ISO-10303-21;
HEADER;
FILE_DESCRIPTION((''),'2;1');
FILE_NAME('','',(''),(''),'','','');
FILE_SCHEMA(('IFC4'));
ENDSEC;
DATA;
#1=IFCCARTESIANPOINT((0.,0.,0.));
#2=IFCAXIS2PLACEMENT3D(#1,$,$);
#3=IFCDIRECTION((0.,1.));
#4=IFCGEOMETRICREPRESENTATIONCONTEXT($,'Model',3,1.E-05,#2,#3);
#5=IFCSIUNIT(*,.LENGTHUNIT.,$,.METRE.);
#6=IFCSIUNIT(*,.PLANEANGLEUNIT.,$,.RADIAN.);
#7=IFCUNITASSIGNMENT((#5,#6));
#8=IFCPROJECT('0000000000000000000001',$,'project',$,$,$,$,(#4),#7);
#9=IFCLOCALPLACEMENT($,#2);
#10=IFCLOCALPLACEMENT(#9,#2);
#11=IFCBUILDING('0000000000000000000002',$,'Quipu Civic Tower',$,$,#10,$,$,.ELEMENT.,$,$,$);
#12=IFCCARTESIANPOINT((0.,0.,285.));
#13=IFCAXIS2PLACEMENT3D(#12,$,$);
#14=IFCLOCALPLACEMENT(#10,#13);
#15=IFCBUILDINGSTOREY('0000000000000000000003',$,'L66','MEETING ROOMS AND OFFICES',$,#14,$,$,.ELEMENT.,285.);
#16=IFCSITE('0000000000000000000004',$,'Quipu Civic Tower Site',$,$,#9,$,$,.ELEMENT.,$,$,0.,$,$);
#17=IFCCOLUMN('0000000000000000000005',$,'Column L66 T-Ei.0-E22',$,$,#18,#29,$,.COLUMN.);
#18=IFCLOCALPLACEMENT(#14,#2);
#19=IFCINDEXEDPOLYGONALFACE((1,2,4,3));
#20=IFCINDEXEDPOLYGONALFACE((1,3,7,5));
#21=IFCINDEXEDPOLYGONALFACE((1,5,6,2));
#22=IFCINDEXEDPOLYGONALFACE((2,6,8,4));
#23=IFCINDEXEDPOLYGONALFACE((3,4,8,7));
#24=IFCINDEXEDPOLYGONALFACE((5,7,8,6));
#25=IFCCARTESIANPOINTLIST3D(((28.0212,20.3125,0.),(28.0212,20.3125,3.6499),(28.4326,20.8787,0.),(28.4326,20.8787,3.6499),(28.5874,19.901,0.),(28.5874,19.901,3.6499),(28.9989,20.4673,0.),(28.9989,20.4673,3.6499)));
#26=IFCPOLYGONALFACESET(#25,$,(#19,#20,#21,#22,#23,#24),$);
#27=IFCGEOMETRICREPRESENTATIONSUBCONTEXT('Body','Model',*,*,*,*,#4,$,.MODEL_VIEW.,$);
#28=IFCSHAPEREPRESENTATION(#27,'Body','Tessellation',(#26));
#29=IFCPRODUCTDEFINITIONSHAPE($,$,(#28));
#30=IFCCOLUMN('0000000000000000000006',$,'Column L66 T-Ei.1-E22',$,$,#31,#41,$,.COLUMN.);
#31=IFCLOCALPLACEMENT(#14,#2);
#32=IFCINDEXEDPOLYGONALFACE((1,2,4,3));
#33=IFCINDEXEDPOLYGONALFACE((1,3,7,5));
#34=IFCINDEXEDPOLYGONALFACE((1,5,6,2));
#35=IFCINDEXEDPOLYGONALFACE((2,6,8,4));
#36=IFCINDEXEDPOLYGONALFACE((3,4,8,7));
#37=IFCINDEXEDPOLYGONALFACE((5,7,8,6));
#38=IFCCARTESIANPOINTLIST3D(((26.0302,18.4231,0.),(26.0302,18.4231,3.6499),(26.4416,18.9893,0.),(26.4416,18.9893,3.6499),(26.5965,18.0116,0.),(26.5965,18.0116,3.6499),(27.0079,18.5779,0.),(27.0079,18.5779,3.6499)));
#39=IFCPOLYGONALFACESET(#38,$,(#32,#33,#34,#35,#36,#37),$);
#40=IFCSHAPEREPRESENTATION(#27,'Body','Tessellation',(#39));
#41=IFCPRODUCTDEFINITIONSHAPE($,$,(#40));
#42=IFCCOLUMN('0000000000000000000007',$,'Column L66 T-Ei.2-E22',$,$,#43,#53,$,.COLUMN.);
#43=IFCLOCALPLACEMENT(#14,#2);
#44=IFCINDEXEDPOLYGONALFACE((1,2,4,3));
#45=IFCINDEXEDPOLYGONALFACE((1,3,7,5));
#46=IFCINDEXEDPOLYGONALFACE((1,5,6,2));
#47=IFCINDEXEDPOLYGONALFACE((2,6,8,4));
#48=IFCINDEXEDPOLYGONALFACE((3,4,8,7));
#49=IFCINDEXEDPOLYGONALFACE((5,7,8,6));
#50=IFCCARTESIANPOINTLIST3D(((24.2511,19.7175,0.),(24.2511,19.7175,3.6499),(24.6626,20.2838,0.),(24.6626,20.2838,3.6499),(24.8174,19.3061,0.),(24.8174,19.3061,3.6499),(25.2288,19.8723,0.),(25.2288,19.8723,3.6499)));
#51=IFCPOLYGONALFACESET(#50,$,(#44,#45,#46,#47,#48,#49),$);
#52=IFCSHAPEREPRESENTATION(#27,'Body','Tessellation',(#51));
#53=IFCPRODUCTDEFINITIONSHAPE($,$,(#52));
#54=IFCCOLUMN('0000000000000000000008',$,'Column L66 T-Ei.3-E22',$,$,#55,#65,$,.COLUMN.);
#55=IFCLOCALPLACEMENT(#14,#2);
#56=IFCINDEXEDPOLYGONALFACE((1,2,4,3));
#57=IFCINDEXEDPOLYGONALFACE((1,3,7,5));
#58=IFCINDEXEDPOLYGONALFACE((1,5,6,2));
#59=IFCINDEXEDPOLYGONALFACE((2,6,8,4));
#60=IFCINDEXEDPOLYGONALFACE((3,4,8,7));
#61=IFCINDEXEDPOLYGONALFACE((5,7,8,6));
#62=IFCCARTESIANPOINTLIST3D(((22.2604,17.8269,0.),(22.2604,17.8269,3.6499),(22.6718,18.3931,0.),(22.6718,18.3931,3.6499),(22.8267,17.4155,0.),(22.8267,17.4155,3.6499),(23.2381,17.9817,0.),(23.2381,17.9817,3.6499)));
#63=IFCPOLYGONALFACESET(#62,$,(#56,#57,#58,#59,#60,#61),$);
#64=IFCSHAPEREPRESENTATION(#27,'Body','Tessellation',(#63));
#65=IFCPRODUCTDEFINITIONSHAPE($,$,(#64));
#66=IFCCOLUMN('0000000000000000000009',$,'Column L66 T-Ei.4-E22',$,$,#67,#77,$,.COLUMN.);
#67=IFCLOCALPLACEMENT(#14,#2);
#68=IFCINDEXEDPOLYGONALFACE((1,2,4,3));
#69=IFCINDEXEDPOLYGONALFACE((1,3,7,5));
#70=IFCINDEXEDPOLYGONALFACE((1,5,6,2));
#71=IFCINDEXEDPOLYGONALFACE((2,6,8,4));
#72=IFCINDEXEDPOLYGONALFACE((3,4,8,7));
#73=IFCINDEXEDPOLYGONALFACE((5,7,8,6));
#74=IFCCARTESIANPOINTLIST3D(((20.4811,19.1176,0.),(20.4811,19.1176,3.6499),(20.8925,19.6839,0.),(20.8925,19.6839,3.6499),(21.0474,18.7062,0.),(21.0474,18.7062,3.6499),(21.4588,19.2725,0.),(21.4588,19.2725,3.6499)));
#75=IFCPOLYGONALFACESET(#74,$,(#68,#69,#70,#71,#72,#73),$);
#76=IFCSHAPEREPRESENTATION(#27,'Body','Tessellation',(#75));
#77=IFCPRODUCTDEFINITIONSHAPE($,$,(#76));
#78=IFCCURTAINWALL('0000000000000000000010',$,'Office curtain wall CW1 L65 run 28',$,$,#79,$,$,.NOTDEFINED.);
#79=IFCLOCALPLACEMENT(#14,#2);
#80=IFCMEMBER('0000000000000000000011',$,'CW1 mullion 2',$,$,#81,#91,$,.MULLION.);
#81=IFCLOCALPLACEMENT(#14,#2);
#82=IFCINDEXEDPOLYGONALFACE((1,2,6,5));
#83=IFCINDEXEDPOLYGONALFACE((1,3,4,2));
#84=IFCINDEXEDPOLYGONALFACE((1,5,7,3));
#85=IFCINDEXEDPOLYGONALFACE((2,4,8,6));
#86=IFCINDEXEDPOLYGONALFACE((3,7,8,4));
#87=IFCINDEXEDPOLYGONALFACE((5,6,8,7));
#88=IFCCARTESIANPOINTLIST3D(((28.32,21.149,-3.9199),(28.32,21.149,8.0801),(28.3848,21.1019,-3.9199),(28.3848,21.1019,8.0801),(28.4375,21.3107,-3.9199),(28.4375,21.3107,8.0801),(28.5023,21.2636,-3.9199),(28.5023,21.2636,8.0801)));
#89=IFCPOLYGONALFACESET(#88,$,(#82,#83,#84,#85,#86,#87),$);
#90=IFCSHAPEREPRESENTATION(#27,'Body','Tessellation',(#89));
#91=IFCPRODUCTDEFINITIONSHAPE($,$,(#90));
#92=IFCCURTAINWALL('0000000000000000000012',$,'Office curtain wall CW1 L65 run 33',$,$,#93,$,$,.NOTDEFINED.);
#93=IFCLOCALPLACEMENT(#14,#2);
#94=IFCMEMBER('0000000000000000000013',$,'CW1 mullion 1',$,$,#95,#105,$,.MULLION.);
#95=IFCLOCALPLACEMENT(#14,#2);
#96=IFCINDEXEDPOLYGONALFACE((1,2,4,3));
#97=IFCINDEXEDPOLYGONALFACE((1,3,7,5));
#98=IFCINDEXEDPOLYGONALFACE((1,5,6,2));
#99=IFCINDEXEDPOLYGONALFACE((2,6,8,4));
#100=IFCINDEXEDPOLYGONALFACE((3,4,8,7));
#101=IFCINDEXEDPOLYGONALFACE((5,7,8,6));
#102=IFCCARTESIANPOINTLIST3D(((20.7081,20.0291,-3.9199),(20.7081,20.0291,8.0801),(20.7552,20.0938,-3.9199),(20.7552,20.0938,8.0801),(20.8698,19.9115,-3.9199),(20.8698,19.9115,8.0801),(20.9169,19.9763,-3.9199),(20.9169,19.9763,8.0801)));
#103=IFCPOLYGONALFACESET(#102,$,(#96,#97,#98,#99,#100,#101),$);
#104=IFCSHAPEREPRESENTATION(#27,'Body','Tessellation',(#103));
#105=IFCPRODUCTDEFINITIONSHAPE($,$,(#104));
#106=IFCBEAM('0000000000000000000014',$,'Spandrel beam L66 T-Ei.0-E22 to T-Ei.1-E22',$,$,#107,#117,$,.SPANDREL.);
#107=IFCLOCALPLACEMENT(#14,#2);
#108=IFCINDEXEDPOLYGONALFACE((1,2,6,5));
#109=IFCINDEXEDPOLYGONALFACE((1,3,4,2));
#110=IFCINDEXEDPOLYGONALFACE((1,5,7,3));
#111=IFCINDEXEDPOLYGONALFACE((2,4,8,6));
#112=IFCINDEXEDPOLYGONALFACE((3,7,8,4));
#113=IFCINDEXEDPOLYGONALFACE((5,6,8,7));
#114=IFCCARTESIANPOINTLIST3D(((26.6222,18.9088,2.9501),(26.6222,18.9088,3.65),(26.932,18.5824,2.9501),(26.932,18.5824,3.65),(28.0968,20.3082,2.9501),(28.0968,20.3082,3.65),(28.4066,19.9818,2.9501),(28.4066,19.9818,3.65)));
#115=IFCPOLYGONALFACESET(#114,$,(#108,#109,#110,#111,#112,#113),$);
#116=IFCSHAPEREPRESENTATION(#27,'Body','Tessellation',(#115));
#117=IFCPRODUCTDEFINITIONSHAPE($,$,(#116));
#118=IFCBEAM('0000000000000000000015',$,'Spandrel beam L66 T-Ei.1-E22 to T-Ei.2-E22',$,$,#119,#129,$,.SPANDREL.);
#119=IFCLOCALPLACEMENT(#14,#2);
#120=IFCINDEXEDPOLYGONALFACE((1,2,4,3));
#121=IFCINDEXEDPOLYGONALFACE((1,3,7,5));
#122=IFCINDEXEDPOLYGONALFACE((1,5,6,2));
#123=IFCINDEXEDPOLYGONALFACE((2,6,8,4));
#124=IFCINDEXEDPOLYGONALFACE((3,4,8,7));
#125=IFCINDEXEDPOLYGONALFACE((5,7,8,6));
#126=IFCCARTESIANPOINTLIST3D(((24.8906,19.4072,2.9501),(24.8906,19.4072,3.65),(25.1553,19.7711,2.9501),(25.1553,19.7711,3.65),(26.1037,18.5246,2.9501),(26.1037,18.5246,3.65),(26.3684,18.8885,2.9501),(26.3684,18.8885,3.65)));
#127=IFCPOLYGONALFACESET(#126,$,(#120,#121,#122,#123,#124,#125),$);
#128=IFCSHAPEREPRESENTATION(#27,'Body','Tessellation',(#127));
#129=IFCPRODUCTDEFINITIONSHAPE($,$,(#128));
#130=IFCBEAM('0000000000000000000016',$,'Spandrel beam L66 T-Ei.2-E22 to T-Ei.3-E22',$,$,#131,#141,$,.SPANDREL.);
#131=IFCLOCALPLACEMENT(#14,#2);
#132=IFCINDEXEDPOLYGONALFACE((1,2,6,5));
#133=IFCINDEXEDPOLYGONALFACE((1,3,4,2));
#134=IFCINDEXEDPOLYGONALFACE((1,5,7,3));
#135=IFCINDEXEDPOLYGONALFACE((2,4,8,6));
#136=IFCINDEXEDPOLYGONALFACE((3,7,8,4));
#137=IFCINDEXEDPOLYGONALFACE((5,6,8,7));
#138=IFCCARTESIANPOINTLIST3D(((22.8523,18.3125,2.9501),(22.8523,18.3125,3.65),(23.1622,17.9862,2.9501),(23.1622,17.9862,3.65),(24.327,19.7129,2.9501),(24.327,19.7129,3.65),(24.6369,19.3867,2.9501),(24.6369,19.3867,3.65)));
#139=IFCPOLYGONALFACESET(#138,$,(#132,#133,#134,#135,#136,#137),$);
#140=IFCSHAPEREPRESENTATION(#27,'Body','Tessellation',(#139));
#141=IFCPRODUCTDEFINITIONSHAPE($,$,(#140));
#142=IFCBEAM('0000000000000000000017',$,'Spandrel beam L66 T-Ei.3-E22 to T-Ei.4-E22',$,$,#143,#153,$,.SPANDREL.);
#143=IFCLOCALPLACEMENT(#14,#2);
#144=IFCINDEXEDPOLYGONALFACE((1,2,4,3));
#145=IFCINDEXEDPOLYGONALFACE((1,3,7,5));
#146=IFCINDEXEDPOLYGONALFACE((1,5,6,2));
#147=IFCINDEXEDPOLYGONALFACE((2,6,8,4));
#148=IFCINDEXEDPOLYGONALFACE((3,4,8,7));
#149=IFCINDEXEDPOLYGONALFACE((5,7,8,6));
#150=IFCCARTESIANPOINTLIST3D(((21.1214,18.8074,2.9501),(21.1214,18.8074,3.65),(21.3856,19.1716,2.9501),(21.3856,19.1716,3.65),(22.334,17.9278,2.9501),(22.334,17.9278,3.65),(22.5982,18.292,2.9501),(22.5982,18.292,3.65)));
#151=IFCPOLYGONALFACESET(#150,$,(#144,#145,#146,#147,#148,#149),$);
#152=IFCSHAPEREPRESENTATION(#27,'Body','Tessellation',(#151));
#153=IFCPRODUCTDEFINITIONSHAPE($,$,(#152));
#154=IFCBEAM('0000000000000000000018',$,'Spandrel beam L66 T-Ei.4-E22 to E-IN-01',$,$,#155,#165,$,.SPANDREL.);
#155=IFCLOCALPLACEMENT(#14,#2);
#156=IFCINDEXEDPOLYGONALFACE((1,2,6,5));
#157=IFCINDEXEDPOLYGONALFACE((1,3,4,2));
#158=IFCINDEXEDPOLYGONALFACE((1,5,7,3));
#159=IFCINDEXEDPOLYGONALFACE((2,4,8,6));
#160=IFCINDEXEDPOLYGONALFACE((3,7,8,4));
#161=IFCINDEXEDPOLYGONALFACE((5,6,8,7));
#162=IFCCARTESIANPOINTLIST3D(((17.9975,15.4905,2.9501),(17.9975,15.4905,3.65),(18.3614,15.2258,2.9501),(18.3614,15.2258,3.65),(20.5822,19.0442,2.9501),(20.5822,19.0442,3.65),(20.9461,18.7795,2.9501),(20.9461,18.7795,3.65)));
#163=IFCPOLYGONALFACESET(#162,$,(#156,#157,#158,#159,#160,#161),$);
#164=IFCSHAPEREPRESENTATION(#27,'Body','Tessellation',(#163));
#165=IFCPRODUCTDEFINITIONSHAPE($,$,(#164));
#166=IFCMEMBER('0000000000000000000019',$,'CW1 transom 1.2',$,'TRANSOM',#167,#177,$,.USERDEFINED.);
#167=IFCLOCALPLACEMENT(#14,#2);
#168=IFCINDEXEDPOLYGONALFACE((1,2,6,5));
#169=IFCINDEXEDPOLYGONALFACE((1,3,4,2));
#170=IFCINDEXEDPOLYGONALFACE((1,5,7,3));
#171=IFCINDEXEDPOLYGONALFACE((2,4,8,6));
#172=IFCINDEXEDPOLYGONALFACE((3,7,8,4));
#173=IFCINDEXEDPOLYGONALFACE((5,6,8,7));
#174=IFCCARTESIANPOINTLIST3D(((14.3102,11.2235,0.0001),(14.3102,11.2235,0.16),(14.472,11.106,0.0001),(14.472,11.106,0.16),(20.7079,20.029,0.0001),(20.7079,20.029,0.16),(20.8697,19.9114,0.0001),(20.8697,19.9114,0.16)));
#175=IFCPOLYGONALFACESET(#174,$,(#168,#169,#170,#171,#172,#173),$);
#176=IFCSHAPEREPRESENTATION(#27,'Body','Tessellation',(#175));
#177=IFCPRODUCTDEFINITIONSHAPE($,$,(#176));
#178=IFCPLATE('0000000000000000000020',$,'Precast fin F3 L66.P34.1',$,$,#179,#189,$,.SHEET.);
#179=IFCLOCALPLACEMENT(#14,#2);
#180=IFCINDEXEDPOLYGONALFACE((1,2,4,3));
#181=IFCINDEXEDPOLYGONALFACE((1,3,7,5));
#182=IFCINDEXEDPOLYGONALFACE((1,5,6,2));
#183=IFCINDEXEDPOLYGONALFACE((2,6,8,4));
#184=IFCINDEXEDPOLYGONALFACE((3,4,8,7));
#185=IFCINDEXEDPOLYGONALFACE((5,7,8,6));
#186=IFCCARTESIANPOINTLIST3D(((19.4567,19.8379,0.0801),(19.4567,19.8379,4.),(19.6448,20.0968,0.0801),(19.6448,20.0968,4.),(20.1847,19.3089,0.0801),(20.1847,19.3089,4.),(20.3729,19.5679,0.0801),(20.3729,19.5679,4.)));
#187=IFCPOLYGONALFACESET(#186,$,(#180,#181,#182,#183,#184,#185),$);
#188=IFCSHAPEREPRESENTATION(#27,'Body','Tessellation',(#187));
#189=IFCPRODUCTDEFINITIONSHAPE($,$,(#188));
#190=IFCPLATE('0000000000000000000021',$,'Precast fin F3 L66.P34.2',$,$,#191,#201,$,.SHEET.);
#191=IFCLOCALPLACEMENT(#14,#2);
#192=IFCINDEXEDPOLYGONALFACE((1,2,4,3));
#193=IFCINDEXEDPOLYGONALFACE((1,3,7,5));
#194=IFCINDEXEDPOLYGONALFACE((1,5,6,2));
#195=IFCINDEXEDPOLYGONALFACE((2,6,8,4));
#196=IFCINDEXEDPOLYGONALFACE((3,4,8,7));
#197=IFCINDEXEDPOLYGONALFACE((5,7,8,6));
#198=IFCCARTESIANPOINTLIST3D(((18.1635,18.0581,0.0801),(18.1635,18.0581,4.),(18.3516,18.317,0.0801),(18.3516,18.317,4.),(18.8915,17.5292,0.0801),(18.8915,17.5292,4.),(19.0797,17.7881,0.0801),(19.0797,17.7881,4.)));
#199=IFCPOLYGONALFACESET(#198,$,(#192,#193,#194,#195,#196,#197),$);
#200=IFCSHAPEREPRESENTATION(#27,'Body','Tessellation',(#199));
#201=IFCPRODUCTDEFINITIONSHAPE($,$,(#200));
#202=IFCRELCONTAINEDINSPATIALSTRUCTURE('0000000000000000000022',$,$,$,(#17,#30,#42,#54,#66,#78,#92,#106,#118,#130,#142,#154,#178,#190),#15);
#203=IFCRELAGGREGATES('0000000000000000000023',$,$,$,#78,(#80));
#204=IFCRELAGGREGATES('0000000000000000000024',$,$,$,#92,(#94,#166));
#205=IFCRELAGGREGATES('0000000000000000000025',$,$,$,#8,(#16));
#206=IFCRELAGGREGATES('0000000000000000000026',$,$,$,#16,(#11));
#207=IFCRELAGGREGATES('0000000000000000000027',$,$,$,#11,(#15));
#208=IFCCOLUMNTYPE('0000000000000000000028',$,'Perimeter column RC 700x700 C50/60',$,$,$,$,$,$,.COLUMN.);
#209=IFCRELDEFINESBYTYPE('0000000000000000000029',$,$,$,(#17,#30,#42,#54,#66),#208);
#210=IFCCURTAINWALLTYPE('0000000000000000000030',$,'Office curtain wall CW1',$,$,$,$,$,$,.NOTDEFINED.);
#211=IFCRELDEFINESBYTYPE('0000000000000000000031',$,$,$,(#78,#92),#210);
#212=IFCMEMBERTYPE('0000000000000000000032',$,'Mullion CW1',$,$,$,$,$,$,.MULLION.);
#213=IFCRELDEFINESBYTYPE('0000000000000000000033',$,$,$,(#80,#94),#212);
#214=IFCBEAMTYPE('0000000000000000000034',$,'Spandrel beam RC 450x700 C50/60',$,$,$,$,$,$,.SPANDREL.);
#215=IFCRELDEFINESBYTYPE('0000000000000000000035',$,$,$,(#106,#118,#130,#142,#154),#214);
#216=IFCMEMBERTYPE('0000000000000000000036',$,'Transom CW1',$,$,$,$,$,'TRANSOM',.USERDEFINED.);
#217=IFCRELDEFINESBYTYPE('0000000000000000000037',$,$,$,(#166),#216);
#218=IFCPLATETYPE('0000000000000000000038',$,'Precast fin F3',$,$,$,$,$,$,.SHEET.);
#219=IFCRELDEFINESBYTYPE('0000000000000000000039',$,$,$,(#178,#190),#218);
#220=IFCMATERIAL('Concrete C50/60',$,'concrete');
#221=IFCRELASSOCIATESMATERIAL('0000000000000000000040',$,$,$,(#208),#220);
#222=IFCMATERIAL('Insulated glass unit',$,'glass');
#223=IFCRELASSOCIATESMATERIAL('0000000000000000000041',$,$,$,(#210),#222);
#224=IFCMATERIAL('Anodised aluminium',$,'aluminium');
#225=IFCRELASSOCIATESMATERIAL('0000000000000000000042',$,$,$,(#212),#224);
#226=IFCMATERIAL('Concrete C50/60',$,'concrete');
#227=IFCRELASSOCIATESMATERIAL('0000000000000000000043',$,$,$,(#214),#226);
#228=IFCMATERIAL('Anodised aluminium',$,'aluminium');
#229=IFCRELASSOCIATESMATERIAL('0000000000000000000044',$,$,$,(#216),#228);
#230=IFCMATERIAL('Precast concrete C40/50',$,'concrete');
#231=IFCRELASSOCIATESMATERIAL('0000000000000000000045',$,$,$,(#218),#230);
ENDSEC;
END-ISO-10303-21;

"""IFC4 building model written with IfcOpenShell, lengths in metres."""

from ifc_helpers import new_model, si_unit, direction, frame, origin, origin_2d, place, context, subcontext, project, spatial, rectangle, extrude, material, material_profile, profile_set, type_object, element, aggregate, save


model = new_model("IFC4")

# Units and contexts
model_context = context("Model", 3, precision=1e-05, world=origin(), true_north=direction((0.0, 1.0)))
body_context = subcontext(model_context, "Body", "Model", "MODEL_VIEW")
ifc_project = project(units=[si_unit("LENGTHUNIT", "METRE"), si_unit("PLANEANGLEUNIT", "RADIAN")], contexts=[model_context])

# Site, building, storey
site_placement = place(None, origin())
site = spatial("IfcSite", under=ifc_project, at=site_placement, Name="Quipu Civic Tower Site", CompositionType="ELEMENT", RefElevation=0.0)
building_placement = place(site_placement, origin())
building = spatial("IfcBuilding", under=site, at=building_placement, Name="Quipu Civic Tower", CompositionType="ELEMENT")
storey_placement = place(building_placement, frame((0.0, 0.0, 285.0)))
storey = spatial("IfcBuildingStorey", under=building, at=storey_placement, Name="L66", Description="MEETING ROOMS AND OFFICES", CompositionType="ELEMENT", Elevation=285.0)

# Columns
ifc_material_1 = material(Name="Concrete C50/60", Category="concrete")
ifc_material_profile_1 = material_profile(ifc_material_1, rectangle(XDim=0.7, YDim=0.7, at=origin_2d()), Name="RC700x700")
ifc_profile_set_1 = profile_set([ifc_material_profile_1], Name="Concrete C50/60")
column_type = type_object("IfcColumnType", Name="Perimeter column RC 700x700 C50/60", PredefinedType="COLUMN", material=ifc_profile_set_1)
for number, where, z_axis, x_axis, name in (
    (1, (28.51, 20.3899, 0.0), (0.0, 0.0, 1.0), (-0.587785, -0.809017, 0.0), "Column L66 T-Ei.0-E22"),
    (2, (26.519, 18.5005, 0.0), (0.0, 0.0, 1.0), (-0.809017, 0.587785, 0.0), "Column L66 T-Ei.1-E22"),
    (3, (24.74, 19.7949, 0.0), (0.0, 0.0, 1.0), (-0.587785, -0.809017, 0.0), "Column L66 T-Ei.2-E22"),
    (4, (22.7493, 17.9043, 0.0), (0.0, 0.0, 1.0), (-0.587785, -0.809017, 0.0), "Column L66 T-Ei.3-E22"),
    (5, (20.97, 19.1951, 0.0), (0.0, 0.0, 1.0), (-0.587785, -0.809017, 0.0), "Column L66 T-Ei.4-E22"),
):
    element("IfcColumn", number, at=place(storey_placement, frame(where, z_axis=z_axis, x_axis=x_axis)), inside=storey, type_object=column_type, Name=name, PredefinedType="COLUMN", context=body_context, shape_type="SweptSolid", body=[
        extrude(rectangle(XDim=0.7, YDim=0.7, at=origin_2d()), origin(), (0.0, 0.0, 1.0), 3.6499),
    ])

# Curtain walls, members
ifc_material_2 = material(Name="Insulated glass unit", Category="glass")
curtain_wall_type = type_object("IfcCurtainWallType", Name="Office curtain wall CW1", PredefinedType="NOTDEFINED", material=ifc_material_2)
curtain_wall_1_placement = place(storey_placement, origin())
curtain_wall_1 = element("IfcCurtainWall", 6, at=curtain_wall_1_placement, inside=storey, type_object=curtain_wall_type, Name="Office curtain wall CW1 L65 run 28", PredefinedType="NOTDEFINED")
ifc_material_3 = material(Name="Anodised aluminium", Category="aluminium")
ifc_material_profile_2 = material_profile(ifc_material_3, rectangle(XDim=0.2, YDim=0.0801, at=origin_2d()), Name="RECT 200x80")
ifc_profile_set_2 = profile_set([ifc_material_profile_2], Name="Anodised aluminium")
member_type_1 = type_object("IfcMemberType", Name="Mullion CW1", PredefinedType="MULLION", material=ifc_profile_set_2)
member_1_placement = place(storey_placement, frame((28.4111, 21.2063, -3.9199), z_axis=(0.0, 0.0, 1.0), x_axis=(-0.587788, -0.809015, 0.0)))
member_1 = element("IfcMember", 7, at=member_1_placement, type_object=member_type_1, Name="CW1 mullion 2", PredefinedType="MULLION", context=body_context, shape_type="SweptSolid", body=[
    extrude(rectangle(XDim=0.2, YDim=0.0801, at=origin_2d()), origin(), (0.0, 0.0, 1.0), 12.0),
])
aggregate(curtain_wall_1, [member_1])
curtain_wall_2_placement = place(storey_placement, origin())
curtain_wall_2 = element("IfcCurtainWall", 8, at=curtain_wall_2_placement, inside=storey, type_object=curtain_wall_type, Name="Office curtain wall CW1 L65 run 33", PredefinedType="NOTDEFINED")
member_2_placement = place(storey_placement, frame((20.8125, 20.0027, -3.9199), z_axis=(0.0, 0.0, 1.0), x_axis=(0.809015, -0.587788, 0.0)))
member_2 = element("IfcMember", 9, at=member_2_placement, type_object=member_type_1, Name="CW1 mullion 1", PredefinedType="MULLION", context=body_context, shape_type="SweptSolid", body=[
    extrude(rectangle(XDim=0.2, YDim=0.0801, at=origin_2d()), origin(), (0.0, 0.0, 1.0), 12.0),
])

# Beams
ifc_material_4 = material(Name="Concrete C50/60", Category="concrete")
ifc_material_profile_3 = material_profile(ifc_material_4, rectangle(XDim=0.45, YDim=0.7, at=origin_2d()), Name="RC450x700")
ifc_profile_set_3 = profile_set([ifc_material_profile_3], Name="Concrete C50/60")
beam_type = type_object("IfcBeamType", Name="Spandrel beam RC 450x700 C50/60", PredefinedType="SPANDREL", material=ifc_profile_set_3)
beam_1_placement = place(storey_placement, frame((28.2517, 20.145, 3.3), z_axis=(-0.725359, -0.688371, 0.0), x_axis=(0.688371, -0.725359, 0.0)))
element("IfcBeam", 10, at=beam_1_placement, inside=storey, type_object=beam_type, Name="Spandrel beam L66 T-Ei.0-E22 to T-Ei.1-E22", PredefinedType="SPANDREL", context=body_context, shape_type="SweptSolid", body=[
    extrude(rectangle(XDim=0.45, YDim=0.7, at=origin_2d()), origin(), (0.0, 0.0, 1.0), 2.033),
])
beam_2_placement = place(storey_placement, frame((26.2361, 18.7065, 3.3), z_axis=(-0.808645, 0.588297, 0.0), x_axis=(-0.588297, -0.808645, 0.0)))
element("IfcBeam", 11, at=beam_2_placement, inside=storey, type_object=beam_type, Name="Spandrel beam L66 T-Ei.1-E22 to T-Ei.2-E22", PredefinedType="SPANDREL", context=body_context, shape_type="SweptSolid", body=[
    extrude(rectangle(XDim=0.45, YDim=0.7, at=origin_2d()), origin(), (0.0, 0.0, 1.0), 1.5002),
])
beam_3_placement = place(storey_placement, frame((24.4819, 19.5498, 3.3), z_axis=(-0.725119, -0.688623, 0.0), x_axis=(0.688623, -0.725119, 0.0)))
element("IfcBeam", 12, at=beam_3_placement, inside=storey, type_object=beam_type, Name="Spandrel beam L66 T-Ei.2-E22 to T-Ei.3-E22", PredefinedType="SPANDREL", context=body_context, shape_type="SweptSolid", body=[
    extrude(rectangle(XDim=0.45, YDim=0.7, at=origin_2d()), origin(), (0.0, 0.0, 1.0), 2.0337),
])
beam_4_placement = place(storey_placement, frame((22.4661, 18.1099, 3.3), z_axis=(-0.809461, 0.587173, 0.0), x_axis=(-0.587173, -0.809461, 0.0)))
element("IfcBeam", 13, at=beam_4_placement, inside=storey, type_object=beam_type, Name="Spandrel beam L66 T-Ei.3-E22 to T-Ei.4-E22", PredefinedType="SPANDREL", context=body_context, shape_type="SweptSolid", body=[
    extrude(rectangle(XDim=0.45, YDim=0.7, at=origin_2d()), origin(), (0.0, 0.0, 1.0), 1.498),
])
beam_5_placement = place(storey_placement, frame((20.7642, 18.9119, 3.3), z_axis=(-0.588201, -0.808714, 0.0), x_axis=(0.808714, -0.588201, 0.0)))
element("IfcBeam", 14, at=beam_5_placement, inside=storey, type_object=beam_type, Name="Spandrel beam L66 T-Ei.4-E22 to E-IN-01", PredefinedType="SPANDREL", context=body_context, shape_type="SweptSolid", body=[
    extrude(rectangle(XDim=0.45, YDim=0.7, at=origin_2d()), origin(), (0.0, 0.0, 1.0), 4.3943),
])

# Member
ifc_material_5 = material(Name="Anodised aluminium", Category="aluminium")
ifc_material_profile_4 = material_profile(ifc_material_5, rectangle(XDim=0.2, YDim=0.1599, at=origin_2d()), Name="RECT 200x160")
ifc_profile_set_4 = profile_set([ifc_material_profile_4], Name="Anodised aluminium")
member_type_2 = type_object("IfcMemberType", Name="Transom CW1", ElementType="TRANSOM", PredefinedType="USERDEFINED", material=ifc_profile_set_4)
member_3_placement = place(storey_placement, frame((20.7888, 19.9702, 0.0801), z_axis=(-0.587797, -0.809009, 0.0), x_axis=(0.809009, -0.587797, 0.0)))
member_3 = element("IfcMember", 15, at=member_3_placement, type_object=member_type_2, Name="CW1 transom 1.2", ObjectType="TRANSOM", PredefinedType="USERDEFINED", context=body_context, shape_type="SweptSolid", body=[
    extrude(rectangle(XDim=0.2, YDim=0.1599, at=origin_2d()), origin(), (0.0, 0.0, 1.0), 10.8843),
])
aggregate(curtain_wall_2, [member_2, member_3])

# Plates
ifc_material_6 = material(Name="Precast concrete C40/50", Category="concrete")
plate_type = type_object("IfcPlateType", Name="Precast fin F3", PredefinedType="SHEET", material=ifc_material_6)
for number, where, z_axis, x_axis, name in (
    (16, (19.9148, 19.7029, 0.0801), (0.0, 0.0, 1.0), (-0.587784, -0.809018, 0.0), "Precast fin F3 L66.P34.1"),
    (17, (18.6216, 17.9231, 0.0801), (0.0, 0.0, 1.0), (-0.587784, -0.809018, 0.0), "Precast fin F3 L66.P34.2"),
):
    element("IfcPlate", number, at=place(storey_placement, frame(where, z_axis=z_axis, x_axis=x_axis)), inside=storey, type_object=plate_type, Name=name, PredefinedType="SHEET", context=body_context, shape_type="SweptSolid", body=[
        extrude(rectangle(XDim=0.3201, YDim=0.8999, at=origin_2d()), origin(), (0.0, 0.0, 1.0), 3.9199),
    ])

save(model, "model.ifc")
